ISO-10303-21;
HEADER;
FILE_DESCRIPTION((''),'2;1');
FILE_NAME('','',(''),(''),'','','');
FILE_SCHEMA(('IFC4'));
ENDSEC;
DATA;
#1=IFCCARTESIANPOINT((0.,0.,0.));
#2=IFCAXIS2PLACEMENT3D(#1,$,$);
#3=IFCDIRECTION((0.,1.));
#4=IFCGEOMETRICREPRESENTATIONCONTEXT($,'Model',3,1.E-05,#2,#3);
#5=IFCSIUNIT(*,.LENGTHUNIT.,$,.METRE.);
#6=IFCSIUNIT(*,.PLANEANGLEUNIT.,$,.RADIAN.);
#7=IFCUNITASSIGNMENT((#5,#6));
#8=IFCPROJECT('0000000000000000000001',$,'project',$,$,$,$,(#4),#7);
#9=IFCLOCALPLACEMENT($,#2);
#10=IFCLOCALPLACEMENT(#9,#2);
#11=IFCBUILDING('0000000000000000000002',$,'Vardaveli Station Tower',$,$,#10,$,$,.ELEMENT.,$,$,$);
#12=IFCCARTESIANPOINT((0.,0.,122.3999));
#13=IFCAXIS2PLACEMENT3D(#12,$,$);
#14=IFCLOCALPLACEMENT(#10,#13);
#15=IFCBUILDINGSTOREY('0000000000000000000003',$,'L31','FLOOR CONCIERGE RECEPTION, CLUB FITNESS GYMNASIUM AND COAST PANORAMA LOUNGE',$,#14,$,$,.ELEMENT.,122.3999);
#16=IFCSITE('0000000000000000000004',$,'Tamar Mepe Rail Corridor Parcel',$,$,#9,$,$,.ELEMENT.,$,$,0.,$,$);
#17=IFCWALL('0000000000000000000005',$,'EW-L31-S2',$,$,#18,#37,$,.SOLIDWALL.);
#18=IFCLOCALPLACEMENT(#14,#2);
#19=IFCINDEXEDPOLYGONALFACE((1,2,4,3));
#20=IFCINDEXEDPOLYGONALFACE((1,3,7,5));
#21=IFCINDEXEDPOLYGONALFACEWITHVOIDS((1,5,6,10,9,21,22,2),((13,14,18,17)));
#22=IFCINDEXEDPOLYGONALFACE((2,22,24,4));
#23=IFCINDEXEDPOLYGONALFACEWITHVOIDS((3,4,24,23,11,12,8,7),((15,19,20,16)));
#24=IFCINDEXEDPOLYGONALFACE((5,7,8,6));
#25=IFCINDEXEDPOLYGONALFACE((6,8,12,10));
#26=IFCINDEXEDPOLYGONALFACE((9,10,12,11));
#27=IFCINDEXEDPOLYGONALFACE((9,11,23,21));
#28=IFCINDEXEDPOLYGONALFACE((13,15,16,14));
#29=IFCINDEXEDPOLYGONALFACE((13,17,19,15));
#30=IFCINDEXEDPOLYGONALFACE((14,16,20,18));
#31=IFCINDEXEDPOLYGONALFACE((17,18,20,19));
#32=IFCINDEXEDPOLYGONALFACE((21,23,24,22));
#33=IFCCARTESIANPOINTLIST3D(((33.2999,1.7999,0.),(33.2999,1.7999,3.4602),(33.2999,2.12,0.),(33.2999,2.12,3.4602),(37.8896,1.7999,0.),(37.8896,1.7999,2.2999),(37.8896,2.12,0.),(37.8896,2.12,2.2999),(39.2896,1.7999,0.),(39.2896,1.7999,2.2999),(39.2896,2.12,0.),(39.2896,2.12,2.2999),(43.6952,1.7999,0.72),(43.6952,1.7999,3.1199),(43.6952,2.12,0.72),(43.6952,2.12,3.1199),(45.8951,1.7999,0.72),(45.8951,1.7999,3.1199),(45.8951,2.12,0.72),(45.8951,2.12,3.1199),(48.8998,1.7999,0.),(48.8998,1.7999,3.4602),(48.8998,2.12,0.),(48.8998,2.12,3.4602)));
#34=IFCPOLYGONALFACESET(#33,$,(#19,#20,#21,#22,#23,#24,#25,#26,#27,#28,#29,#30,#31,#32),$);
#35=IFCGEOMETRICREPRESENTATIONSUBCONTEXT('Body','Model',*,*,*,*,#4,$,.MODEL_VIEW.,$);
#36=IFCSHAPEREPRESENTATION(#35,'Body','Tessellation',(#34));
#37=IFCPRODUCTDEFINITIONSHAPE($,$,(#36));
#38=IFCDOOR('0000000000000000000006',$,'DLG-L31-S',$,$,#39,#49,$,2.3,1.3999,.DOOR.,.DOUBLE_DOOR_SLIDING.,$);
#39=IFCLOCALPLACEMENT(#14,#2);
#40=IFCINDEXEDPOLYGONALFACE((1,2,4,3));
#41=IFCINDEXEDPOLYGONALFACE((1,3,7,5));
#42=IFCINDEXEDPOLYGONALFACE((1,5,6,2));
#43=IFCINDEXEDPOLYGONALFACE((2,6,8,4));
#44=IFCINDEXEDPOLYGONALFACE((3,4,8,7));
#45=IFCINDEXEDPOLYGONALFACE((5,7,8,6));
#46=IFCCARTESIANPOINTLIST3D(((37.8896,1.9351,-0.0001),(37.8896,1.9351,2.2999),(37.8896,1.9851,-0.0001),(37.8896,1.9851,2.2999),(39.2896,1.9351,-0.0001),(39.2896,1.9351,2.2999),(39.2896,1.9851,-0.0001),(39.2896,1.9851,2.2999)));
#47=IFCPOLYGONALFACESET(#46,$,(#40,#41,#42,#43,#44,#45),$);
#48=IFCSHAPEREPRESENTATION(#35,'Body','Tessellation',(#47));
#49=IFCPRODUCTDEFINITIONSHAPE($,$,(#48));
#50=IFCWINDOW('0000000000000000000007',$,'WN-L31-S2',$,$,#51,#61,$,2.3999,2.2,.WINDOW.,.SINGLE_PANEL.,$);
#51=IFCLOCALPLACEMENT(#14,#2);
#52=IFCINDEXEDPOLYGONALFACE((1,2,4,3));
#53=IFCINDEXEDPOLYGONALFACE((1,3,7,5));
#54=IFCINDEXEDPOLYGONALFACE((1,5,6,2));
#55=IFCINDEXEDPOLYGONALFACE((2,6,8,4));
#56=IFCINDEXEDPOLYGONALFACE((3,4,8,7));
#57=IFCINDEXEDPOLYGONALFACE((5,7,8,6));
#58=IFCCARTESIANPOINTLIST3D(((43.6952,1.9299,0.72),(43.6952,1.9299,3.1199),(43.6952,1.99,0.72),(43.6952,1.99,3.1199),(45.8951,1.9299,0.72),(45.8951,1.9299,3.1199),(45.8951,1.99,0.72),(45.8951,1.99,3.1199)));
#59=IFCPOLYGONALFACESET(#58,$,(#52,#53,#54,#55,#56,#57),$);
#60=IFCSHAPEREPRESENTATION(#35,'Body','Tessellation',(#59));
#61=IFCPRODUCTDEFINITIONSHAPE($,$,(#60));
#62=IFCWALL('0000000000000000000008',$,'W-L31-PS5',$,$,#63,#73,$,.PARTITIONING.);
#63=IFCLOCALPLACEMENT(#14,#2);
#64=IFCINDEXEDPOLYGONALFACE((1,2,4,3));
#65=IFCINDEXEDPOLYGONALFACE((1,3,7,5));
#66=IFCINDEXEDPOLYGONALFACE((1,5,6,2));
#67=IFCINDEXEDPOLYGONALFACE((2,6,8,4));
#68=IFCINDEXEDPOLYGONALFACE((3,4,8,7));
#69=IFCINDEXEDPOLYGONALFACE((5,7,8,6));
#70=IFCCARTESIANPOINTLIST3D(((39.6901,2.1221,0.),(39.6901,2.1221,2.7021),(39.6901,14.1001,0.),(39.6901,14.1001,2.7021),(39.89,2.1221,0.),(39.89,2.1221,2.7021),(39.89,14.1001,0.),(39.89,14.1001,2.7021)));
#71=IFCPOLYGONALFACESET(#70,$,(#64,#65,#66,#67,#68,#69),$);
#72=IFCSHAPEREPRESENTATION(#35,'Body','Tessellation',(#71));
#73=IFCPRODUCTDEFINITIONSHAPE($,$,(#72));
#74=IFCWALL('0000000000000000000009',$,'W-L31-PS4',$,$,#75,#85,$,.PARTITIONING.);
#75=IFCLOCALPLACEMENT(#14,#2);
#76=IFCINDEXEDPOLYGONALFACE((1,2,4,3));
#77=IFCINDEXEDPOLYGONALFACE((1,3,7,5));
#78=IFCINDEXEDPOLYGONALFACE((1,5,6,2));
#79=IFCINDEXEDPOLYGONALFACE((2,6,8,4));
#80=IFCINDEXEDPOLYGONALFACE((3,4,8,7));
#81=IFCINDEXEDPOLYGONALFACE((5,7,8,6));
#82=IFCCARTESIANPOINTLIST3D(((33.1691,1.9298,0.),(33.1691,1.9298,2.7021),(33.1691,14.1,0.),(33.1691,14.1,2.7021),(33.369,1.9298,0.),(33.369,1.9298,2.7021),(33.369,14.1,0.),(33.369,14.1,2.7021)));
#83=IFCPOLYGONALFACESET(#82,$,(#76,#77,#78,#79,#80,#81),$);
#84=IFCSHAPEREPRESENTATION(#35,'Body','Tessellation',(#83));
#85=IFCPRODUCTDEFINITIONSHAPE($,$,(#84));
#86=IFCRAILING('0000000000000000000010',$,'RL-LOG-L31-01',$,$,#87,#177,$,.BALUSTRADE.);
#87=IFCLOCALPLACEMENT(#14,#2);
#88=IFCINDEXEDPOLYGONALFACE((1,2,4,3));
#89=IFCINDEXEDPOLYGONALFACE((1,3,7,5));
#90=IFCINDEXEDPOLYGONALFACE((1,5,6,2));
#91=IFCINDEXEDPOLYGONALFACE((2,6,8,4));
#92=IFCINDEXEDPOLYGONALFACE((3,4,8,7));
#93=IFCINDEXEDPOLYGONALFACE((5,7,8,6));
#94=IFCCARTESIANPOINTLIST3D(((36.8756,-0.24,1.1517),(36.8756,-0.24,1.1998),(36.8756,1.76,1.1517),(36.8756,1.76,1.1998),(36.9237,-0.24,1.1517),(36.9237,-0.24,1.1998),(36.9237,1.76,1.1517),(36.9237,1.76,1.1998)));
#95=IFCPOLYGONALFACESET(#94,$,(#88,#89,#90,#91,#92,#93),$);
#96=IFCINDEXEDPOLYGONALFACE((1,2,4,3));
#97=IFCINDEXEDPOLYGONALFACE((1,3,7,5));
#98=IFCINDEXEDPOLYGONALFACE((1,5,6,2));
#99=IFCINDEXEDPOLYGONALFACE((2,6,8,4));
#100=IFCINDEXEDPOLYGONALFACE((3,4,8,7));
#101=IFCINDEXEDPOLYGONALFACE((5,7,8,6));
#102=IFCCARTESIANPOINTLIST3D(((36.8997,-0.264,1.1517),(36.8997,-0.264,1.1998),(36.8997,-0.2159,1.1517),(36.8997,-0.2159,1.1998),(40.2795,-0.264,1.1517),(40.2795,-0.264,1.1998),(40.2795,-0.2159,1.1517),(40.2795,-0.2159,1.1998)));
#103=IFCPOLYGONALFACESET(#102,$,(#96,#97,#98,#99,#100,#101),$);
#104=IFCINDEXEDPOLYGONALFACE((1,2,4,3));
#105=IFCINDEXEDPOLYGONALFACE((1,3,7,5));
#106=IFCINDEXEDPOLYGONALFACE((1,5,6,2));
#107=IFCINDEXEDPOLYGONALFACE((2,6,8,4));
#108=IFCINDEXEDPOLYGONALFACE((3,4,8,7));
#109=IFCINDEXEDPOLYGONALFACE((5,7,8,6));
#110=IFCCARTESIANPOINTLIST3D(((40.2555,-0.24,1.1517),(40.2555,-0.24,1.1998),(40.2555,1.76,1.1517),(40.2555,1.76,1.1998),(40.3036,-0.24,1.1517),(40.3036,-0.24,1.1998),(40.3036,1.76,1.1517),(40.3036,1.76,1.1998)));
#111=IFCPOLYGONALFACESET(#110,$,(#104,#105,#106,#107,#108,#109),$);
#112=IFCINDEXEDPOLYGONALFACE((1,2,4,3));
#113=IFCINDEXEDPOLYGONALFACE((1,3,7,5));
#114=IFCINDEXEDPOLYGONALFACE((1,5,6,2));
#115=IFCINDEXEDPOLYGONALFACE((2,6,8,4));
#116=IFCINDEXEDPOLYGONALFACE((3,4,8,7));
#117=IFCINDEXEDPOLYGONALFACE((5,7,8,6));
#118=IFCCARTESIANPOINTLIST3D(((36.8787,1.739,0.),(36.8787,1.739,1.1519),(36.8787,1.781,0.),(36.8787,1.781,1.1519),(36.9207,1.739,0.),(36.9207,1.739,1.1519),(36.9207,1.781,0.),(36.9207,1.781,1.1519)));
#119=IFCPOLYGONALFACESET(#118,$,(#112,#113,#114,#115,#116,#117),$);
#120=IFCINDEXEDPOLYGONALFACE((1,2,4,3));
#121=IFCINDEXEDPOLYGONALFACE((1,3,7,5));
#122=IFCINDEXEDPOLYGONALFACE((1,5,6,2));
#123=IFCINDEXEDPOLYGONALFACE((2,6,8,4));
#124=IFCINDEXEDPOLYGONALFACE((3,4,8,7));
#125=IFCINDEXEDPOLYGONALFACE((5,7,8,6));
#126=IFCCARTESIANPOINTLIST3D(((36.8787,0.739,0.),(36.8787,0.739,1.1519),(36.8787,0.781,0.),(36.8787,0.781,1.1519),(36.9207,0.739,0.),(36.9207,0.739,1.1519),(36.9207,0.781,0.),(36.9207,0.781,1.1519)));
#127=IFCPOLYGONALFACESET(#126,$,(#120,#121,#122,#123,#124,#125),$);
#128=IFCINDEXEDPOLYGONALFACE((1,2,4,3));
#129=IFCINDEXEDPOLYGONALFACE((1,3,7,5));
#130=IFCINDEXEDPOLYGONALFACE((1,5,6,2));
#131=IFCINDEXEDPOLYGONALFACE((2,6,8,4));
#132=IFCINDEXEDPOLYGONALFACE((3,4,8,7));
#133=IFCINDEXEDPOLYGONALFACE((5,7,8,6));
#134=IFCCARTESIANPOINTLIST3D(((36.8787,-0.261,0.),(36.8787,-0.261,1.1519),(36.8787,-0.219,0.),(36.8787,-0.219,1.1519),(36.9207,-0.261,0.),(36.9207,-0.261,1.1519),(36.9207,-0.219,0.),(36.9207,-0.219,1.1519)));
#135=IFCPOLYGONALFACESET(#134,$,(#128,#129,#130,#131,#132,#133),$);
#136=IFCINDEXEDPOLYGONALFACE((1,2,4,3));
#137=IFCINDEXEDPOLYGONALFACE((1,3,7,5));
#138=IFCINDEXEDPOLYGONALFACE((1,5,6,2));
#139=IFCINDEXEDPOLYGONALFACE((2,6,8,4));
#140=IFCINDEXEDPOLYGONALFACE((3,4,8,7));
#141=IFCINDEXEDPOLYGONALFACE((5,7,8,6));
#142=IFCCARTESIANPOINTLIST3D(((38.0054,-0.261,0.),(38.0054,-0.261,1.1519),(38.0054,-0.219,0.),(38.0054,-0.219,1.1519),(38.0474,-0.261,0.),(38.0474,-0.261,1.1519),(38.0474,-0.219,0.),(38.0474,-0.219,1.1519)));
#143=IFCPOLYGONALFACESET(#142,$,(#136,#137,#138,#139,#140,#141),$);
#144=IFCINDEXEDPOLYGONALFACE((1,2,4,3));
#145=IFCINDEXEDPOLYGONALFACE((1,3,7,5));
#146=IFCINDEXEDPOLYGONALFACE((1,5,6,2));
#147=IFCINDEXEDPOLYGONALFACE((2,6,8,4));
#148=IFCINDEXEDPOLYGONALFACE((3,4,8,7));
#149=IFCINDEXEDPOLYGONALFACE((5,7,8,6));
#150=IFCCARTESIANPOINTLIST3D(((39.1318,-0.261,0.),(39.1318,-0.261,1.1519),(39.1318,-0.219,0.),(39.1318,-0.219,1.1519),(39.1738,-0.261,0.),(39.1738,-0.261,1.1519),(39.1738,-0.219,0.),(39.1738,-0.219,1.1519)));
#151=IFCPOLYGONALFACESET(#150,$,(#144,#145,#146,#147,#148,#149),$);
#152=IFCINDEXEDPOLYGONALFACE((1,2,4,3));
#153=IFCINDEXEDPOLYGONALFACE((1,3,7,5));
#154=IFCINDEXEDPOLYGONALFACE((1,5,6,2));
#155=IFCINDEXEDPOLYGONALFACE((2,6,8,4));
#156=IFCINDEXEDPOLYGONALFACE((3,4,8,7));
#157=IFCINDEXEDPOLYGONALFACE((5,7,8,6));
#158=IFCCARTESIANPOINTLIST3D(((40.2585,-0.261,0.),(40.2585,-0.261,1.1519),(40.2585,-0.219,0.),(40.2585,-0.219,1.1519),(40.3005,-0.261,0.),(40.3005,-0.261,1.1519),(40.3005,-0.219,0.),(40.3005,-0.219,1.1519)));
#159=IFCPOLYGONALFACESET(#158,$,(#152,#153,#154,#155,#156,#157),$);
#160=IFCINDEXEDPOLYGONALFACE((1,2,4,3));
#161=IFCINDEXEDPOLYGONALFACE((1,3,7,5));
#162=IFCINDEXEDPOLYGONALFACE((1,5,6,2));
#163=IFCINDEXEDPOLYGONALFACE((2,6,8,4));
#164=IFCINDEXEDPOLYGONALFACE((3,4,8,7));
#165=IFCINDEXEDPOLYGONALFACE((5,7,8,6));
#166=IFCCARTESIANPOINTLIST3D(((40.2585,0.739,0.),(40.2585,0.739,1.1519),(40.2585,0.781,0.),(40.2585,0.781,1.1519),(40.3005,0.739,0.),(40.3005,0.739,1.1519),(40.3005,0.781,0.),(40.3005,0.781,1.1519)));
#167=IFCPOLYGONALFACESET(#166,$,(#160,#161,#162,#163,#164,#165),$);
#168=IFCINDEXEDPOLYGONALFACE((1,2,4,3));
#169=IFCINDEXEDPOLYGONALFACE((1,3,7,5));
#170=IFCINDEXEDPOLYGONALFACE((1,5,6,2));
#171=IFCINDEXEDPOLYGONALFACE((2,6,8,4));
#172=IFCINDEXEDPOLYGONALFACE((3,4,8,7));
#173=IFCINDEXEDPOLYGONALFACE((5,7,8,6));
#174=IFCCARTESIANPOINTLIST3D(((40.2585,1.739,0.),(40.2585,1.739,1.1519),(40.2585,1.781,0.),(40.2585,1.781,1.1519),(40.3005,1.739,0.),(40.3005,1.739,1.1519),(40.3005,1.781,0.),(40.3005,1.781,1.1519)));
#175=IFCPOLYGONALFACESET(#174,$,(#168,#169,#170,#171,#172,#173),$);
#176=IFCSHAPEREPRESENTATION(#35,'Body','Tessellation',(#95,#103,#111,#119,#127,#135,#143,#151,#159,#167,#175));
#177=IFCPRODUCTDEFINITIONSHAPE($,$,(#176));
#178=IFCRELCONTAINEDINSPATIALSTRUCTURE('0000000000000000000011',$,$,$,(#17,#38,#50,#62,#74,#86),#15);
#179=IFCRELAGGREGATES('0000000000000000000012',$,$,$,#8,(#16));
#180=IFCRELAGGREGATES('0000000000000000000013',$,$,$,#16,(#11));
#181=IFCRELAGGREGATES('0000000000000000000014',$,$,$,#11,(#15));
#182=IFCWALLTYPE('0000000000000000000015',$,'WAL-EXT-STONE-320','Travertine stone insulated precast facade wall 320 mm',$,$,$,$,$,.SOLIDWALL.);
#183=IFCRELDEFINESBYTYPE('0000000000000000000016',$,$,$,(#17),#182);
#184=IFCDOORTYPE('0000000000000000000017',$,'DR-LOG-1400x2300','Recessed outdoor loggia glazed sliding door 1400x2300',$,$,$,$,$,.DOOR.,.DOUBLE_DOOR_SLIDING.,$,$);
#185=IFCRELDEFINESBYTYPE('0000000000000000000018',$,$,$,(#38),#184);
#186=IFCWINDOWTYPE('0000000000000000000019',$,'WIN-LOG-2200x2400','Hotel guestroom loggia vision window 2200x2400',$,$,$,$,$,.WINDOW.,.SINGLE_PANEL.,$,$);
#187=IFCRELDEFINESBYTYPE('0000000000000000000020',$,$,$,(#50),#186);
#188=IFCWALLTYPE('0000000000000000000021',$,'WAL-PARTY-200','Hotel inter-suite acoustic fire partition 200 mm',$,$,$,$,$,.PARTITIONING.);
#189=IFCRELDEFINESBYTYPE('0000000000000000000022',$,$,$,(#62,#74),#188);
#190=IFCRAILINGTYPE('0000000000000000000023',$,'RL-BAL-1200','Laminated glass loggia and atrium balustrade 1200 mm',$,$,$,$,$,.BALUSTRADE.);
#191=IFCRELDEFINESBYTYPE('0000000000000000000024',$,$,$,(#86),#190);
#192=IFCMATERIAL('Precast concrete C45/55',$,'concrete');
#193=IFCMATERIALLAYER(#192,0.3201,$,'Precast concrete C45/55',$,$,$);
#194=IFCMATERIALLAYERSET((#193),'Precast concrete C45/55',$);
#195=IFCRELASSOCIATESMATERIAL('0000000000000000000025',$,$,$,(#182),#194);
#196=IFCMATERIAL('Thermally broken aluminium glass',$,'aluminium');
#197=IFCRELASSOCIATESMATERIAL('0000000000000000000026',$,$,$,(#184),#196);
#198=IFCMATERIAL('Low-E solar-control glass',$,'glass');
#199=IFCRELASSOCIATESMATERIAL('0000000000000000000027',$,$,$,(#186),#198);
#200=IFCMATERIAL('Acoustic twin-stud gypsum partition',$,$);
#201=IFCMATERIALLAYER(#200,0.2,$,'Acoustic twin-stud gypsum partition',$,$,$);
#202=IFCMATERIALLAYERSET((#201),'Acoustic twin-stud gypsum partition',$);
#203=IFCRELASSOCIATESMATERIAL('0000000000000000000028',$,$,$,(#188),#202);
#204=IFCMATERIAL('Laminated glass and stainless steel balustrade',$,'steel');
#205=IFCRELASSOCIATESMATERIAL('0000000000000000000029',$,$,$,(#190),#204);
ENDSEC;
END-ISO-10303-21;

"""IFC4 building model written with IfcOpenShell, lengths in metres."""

from ifc_helpers import new_model, si_unit, direction, frame, frame_2d, origin, origin_2d, place, context, subcontext, project, spatial, rectangle, extrude, source, transform, mapped, material, layer, layer_set, type_object, element, fill, save


model = new_model("IFC4")

# Units and contexts
model_context = context("Model", 3, precision=1e-05, world=origin(), true_north=direction((0.0, 1.0)))
body_context = subcontext(model_context, "Body", "Model", "MODEL_VIEW")
ifc_project = project(units=[si_unit("LENGTHUNIT", "METRE"), si_unit("PLANEANGLEUNIT", "RADIAN")], contexts=[model_context])

# Site, building, storey
site_placement = place(None, origin())
site = spatial("IfcSite", under=ifc_project, at=site_placement, Name="Tamar Mepe Rail Corridor Parcel", CompositionType="ELEMENT", RefElevation=0.0)
building_placement = place(site_placement, origin())
building = spatial("IfcBuilding", under=site, at=building_placement, Name="Vardaveli Station Tower", CompositionType="ELEMENT")
storey_placement = place(building_placement, frame((0.0, 0.0, 122.3999)))
storey = spatial("IfcBuildingStorey", under=building, at=storey_placement, Name="L31", Description="FLOOR CONCIERGE RECEPTION, CLUB FITNESS GYMNASIUM AND COAST PANORAMA LOUNGE", CompositionType="ELEMENT", Elevation=122.3999)

# Shared definitions
ifc_material_1 = material(Name="Precast concrete C45/55", Category="concrete")

# Wall, openings, door, window
ifc_layer_1 = layer(ifc_material_1, 0.3201, Name="Precast concrete C45/55")
ifc_layer_set_1 = layer_set([ifc_layer_1], Name="Precast concrete C45/55")
wall_type_1 = type_object("IfcWallType", Name="WAL-EXT-STONE-320", Description="Travertine stone insulated precast facade wall 320 mm", PredefinedType="SOLIDWALL", material=ifc_layer_set_1)
shared_shape_1 = source(origin(), body_context, "Body", "SweptSolid", [
    extrude(rectangle(XDim=15.5999, YDim=0.3201, at=frame_2d((7.7998, 0.0))), origin(), (0.0, 0.0, 1.0), 3.4602),
])
wall_1_placement = place(storey_placement, frame((33.3, 1.96, 0.0), z_axis=(0.0, 0.0, 1.0), x_axis=(1.0, 0.0, 0.0)))
wall_1 = element("IfcWall", 1, at=wall_1_placement, inside=storey, type_object=wall_type_1, Name="EW-L31-S2", PredefinedType="SOLIDWALL", context=body_context, shape_type="MappedRepresentation", body=[
    mapped(shared_shape_1, transform((0.0, 0.0, 0.0), scale=1.0)),
])
shared_shape_2 = source(origin(), body_context, "Body", "SweptSolid", [
    extrude(rectangle(XDim=1.3999, YDim=2.3, at=frame_2d((0.7, 1.1499))), frame((0.0, 0.1699, 0.0), z_axis=(0.0, -1.0, 0.0), x_axis=(1.0, 0.0, 0.0)), (0.0, 0.0, 1.0), 0.3401),
])
opening_1_placement = place(wall_1_placement, frame((4.5896, 0.0, 0.0)))
opening_1 = element("IfcOpeningElement", 2, at=opening_1_placement, cuts=wall_1, PredefinedType="OPENING", context=body_context, shape_type="MappedRepresentation", body=[
    mapped(shared_shape_2, transform((0.0, 0.0, 0.0), scale=1.0)),
])
shared_shape_3 = source(origin(), body_context, "Body", "SweptSolid", [
    extrude(rectangle(XDim=2.2, YDim=2.3999, at=frame_2d((1.1001, 1.2))), frame((0.0, 0.1699, 0.0), z_axis=(0.0, -1.0, 0.0), x_axis=(1.0, 0.0, 0.0)), (0.0, 0.0, 1.0), 0.3401),
])
opening_2_placement = place(wall_1_placement, frame((10.395, 0.0, 0.72)))
opening_2 = element("IfcOpeningElement", 3, at=opening_2_placement, cuts=wall_1, PredefinedType="OPENING", context=body_context, shape_type="MappedRepresentation", body=[
    mapped(shared_shape_3, transform((0.0, 0.0, 0.0), scale=1.0)),
])
ifc_material_2 = material(Name="Thermally broken aluminium glass", Category="aluminium")
door_type_1 = type_object("IfcDoorType", Name="DR-LOG-1400x2300", Description="Recessed outdoor loggia glazed sliding door 1400x2300", OperationType="DOUBLE_DOOR_SLIDING", PredefinedType="DOOR", material=ifc_material_2)
shared_shape_4 = source(origin(), body_context, "Body", "SweptSolid", [
    extrude(rectangle(XDim=1.3999, YDim=2.3, at=frame_2d((0.7, 1.1499))), frame((0.0, 0.0249, 0.0), z_axis=(0.0, -1.0, 0.0), x_axis=(1.0, 0.0, 0.0)), (0.0, 0.0, 1.0), 0.05),
])
door_1_placement = place(opening_1_placement, frame((1.3999, 0.0, 0.0), z_axis=(0.0, 0.0, 1.0), x_axis=(-1.0, 0.0, 0.0)))
door_1 = element("IfcDoor", 4, at=door_1_placement, inside=storey, type_object=door_type_1, Name="DLG-L31-S", OperationType="DOUBLE_DOOR_SLIDING", OverallHeight=2.3, OverallWidth=1.3999, PredefinedType="DOOR", context=body_context, shape_type="MappedRepresentation", body=[
    mapped(shared_shape_4, transform((0.0, 0.0, 0.0), scale=1.0)),
])
fill(opening_1, door_1)
ifc_material_3 = material(Name="Low-E solar-control glass", Category="glass")
window_type = type_object("IfcWindowType", Name="WIN-LOG-2200x2400", Description="Hotel guestroom loggia vision window 2200x2400", PartitioningType="SINGLE_PANEL", PredefinedType="WINDOW", material=ifc_material_3)
shared_shape_5 = source(origin(), body_context, "Body", "SweptSolid", [
    extrude(rectangle(XDim=2.2, YDim=2.3999, at=frame_2d((1.1001, 1.2))), frame((0.0, 0.03, 0.0), z_axis=(0.0, -1.0, 0.0), x_axis=(1.0, 0.0, 0.0)), (0.0, 0.0, 1.0), 0.0601),
])
window_placement = place(opening_2_placement, origin())
window = element("IfcWindow", 5, at=window_placement, inside=storey, type_object=window_type, Name="WN-L31-S2", OverallHeight=2.3999, OverallWidth=2.2, PartitioningType="SINGLE_PANEL", PredefinedType="WINDOW", context=body_context, shape_type="MappedRepresentation", body=[
    mapped(shared_shape_5, transform((0.0, 0.0, 0.0), scale=1.0)),
])
fill(opening_2, window)

# Walls
ifc_material_4 = material(Name="Acoustic twin-stud gypsum partition")
ifc_layer_2 = layer(ifc_material_4, 0.2, Name="Acoustic twin-stud gypsum partition")
ifc_layer_set_2 = layer_set([ifc_layer_2], Name="Acoustic twin-stud gypsum partition")
wall_type_2 = type_object("IfcWallType", Name="WAL-PARTY-200", Description="Hotel inter-suite acoustic fire partition 200 mm", PredefinedType="PARTITIONING", material=ifc_layer_set_2)
shared_shape_6 = source(origin(), body_context, "Body", "SweptSolid", [
    extrude(rectangle(XDim=11.978, YDim=0.2, at=frame_2d((5.989, 0.0))), origin(), (0.0, 0.0, 1.0), 2.7021),
])
wall_2_placement = place(storey_placement, frame((39.79, 2.1221, 0.0), z_axis=(0.0, 0.0, 1.0), x_axis=(0.0, 1.0, 0.0)))
element("IfcWall", 6, at=wall_2_placement, inside=storey, type_object=wall_type_2, Name="W-L31-PS5", PredefinedType="PARTITIONING", context=body_context, shape_type="MappedRepresentation", body=[
    mapped(shared_shape_6, transform((0.0, 0.0, 0.0), scale=1.0)),
])
shared_shape_7 = source(origin(), body_context, "Body", "SweptSolid", [
    extrude(rectangle(XDim=12.1702, YDim=0.2, at=frame_2d((6.085, 0.0))), origin(), (0.0, 0.0, 1.0), 2.7021),
])
wall_3_placement = place(storey_placement, frame((33.269, 1.9299, 0.0), z_axis=(0.0, 0.0, 1.0), x_axis=(0.0, 1.0, 0.0)))
element("IfcWall", 7, at=wall_3_placement, inside=storey, type_object=wall_type_2, Name="W-L31-PS4", PredefinedType="PARTITIONING", context=body_context, shape_type="MappedRepresentation", body=[
    mapped(shared_shape_7, transform((0.0, 0.0, 0.0), scale=1.0)),
])

# Railing
ifc_material_5 = material(Name="Laminated glass and stainless steel balustrade", Category="steel")
railing_type = type_object("IfcRailingType", Name="RL-BAL-1200", Description="Laminated glass loggia and atrium balustrade 1200 mm", PredefinedType="BALUSTRADE", material=ifc_material_5)
shared_shape_8 = source(origin(), body_context, "Body", "SweptSolid", [
    extrude(rectangle(XDim=0.0481, YDim=0.0481, at=origin_2d()), frame((0.0, 0.0, 1.1758), z_axis=(0.0, -1.0, 0.0), x_axis=(1.0, 0.0, 0.0)), (0.0, 0.0, 1.0), 2.0),
    extrude(rectangle(XDim=0.0481, YDim=0.0481, at=origin_2d()), frame((0.0, -2.0, 1.1758), z_axis=(1.0, 0.0, 0.0), x_axis=(0.0, 1.0, 0.0)), (0.0, 0.0, 1.0), 3.3799),
    extrude(rectangle(XDim=0.0481, YDim=0.0481, at=origin_2d()), frame((3.3799, -2.0, 1.1758), z_axis=(0.0, 1.0, 0.0), x_axis=(-1.0, 0.0, 0.0)), (0.0, 0.0, 1.0), 2.0),
    extrude(rectangle(XDim=0.042, YDim=0.042, at=origin_2d()), origin(), (0.0, 0.0, 1.0), 1.1519),
    extrude(rectangle(XDim=0.042, YDim=0.042, at=origin_2d()), frame((0.0, -1.0, 0.0)), (0.0, 0.0, 1.0), 1.1519),
    extrude(rectangle(XDim=0.042, YDim=0.042, at=origin_2d()), frame((0.0, -2.0, 0.0)), (0.0, 0.0, 1.0), 1.1519),
    extrude(rectangle(XDim=0.042, YDim=0.042, at=origin_2d()), frame((1.1267, -2.0, 0.0)), (0.0, 0.0, 1.0), 1.1519),
    extrude(rectangle(XDim=0.042, YDim=0.042, at=origin_2d()), frame((2.2532, -2.0, 0.0)), (0.0, 0.0, 1.0), 1.1519),
    extrude(rectangle(XDim=0.042, YDim=0.042, at=origin_2d()), frame((3.3799, -2.0, 0.0)), (0.0, 0.0, 1.0), 1.1519),
    extrude(rectangle(XDim=0.042, YDim=0.042, at=origin_2d()), frame((3.3799, -1.0, 0.0)), (0.0, 0.0, 1.0), 1.1519),
    extrude(rectangle(XDim=0.042, YDim=0.042, at=origin_2d()), frame((3.3799, 0.0, 0.0)), (0.0, 0.0, 1.0), 1.1519),
])
railing_placement = place(storey_placement, frame((36.8997, 1.76, 0.0)))
element("IfcRailing", 8, at=railing_placement, inside=storey, type_object=railing_type, Name="RL-LOG-L31-01", PredefinedType="BALUSTRADE", context=body_context, shape_type="MappedRepresentation", body=[
    mapped(shared_shape_8, transform((0.0, 0.0, 0.0), scale=1.0)),
])

save(model, "model.ifc")
